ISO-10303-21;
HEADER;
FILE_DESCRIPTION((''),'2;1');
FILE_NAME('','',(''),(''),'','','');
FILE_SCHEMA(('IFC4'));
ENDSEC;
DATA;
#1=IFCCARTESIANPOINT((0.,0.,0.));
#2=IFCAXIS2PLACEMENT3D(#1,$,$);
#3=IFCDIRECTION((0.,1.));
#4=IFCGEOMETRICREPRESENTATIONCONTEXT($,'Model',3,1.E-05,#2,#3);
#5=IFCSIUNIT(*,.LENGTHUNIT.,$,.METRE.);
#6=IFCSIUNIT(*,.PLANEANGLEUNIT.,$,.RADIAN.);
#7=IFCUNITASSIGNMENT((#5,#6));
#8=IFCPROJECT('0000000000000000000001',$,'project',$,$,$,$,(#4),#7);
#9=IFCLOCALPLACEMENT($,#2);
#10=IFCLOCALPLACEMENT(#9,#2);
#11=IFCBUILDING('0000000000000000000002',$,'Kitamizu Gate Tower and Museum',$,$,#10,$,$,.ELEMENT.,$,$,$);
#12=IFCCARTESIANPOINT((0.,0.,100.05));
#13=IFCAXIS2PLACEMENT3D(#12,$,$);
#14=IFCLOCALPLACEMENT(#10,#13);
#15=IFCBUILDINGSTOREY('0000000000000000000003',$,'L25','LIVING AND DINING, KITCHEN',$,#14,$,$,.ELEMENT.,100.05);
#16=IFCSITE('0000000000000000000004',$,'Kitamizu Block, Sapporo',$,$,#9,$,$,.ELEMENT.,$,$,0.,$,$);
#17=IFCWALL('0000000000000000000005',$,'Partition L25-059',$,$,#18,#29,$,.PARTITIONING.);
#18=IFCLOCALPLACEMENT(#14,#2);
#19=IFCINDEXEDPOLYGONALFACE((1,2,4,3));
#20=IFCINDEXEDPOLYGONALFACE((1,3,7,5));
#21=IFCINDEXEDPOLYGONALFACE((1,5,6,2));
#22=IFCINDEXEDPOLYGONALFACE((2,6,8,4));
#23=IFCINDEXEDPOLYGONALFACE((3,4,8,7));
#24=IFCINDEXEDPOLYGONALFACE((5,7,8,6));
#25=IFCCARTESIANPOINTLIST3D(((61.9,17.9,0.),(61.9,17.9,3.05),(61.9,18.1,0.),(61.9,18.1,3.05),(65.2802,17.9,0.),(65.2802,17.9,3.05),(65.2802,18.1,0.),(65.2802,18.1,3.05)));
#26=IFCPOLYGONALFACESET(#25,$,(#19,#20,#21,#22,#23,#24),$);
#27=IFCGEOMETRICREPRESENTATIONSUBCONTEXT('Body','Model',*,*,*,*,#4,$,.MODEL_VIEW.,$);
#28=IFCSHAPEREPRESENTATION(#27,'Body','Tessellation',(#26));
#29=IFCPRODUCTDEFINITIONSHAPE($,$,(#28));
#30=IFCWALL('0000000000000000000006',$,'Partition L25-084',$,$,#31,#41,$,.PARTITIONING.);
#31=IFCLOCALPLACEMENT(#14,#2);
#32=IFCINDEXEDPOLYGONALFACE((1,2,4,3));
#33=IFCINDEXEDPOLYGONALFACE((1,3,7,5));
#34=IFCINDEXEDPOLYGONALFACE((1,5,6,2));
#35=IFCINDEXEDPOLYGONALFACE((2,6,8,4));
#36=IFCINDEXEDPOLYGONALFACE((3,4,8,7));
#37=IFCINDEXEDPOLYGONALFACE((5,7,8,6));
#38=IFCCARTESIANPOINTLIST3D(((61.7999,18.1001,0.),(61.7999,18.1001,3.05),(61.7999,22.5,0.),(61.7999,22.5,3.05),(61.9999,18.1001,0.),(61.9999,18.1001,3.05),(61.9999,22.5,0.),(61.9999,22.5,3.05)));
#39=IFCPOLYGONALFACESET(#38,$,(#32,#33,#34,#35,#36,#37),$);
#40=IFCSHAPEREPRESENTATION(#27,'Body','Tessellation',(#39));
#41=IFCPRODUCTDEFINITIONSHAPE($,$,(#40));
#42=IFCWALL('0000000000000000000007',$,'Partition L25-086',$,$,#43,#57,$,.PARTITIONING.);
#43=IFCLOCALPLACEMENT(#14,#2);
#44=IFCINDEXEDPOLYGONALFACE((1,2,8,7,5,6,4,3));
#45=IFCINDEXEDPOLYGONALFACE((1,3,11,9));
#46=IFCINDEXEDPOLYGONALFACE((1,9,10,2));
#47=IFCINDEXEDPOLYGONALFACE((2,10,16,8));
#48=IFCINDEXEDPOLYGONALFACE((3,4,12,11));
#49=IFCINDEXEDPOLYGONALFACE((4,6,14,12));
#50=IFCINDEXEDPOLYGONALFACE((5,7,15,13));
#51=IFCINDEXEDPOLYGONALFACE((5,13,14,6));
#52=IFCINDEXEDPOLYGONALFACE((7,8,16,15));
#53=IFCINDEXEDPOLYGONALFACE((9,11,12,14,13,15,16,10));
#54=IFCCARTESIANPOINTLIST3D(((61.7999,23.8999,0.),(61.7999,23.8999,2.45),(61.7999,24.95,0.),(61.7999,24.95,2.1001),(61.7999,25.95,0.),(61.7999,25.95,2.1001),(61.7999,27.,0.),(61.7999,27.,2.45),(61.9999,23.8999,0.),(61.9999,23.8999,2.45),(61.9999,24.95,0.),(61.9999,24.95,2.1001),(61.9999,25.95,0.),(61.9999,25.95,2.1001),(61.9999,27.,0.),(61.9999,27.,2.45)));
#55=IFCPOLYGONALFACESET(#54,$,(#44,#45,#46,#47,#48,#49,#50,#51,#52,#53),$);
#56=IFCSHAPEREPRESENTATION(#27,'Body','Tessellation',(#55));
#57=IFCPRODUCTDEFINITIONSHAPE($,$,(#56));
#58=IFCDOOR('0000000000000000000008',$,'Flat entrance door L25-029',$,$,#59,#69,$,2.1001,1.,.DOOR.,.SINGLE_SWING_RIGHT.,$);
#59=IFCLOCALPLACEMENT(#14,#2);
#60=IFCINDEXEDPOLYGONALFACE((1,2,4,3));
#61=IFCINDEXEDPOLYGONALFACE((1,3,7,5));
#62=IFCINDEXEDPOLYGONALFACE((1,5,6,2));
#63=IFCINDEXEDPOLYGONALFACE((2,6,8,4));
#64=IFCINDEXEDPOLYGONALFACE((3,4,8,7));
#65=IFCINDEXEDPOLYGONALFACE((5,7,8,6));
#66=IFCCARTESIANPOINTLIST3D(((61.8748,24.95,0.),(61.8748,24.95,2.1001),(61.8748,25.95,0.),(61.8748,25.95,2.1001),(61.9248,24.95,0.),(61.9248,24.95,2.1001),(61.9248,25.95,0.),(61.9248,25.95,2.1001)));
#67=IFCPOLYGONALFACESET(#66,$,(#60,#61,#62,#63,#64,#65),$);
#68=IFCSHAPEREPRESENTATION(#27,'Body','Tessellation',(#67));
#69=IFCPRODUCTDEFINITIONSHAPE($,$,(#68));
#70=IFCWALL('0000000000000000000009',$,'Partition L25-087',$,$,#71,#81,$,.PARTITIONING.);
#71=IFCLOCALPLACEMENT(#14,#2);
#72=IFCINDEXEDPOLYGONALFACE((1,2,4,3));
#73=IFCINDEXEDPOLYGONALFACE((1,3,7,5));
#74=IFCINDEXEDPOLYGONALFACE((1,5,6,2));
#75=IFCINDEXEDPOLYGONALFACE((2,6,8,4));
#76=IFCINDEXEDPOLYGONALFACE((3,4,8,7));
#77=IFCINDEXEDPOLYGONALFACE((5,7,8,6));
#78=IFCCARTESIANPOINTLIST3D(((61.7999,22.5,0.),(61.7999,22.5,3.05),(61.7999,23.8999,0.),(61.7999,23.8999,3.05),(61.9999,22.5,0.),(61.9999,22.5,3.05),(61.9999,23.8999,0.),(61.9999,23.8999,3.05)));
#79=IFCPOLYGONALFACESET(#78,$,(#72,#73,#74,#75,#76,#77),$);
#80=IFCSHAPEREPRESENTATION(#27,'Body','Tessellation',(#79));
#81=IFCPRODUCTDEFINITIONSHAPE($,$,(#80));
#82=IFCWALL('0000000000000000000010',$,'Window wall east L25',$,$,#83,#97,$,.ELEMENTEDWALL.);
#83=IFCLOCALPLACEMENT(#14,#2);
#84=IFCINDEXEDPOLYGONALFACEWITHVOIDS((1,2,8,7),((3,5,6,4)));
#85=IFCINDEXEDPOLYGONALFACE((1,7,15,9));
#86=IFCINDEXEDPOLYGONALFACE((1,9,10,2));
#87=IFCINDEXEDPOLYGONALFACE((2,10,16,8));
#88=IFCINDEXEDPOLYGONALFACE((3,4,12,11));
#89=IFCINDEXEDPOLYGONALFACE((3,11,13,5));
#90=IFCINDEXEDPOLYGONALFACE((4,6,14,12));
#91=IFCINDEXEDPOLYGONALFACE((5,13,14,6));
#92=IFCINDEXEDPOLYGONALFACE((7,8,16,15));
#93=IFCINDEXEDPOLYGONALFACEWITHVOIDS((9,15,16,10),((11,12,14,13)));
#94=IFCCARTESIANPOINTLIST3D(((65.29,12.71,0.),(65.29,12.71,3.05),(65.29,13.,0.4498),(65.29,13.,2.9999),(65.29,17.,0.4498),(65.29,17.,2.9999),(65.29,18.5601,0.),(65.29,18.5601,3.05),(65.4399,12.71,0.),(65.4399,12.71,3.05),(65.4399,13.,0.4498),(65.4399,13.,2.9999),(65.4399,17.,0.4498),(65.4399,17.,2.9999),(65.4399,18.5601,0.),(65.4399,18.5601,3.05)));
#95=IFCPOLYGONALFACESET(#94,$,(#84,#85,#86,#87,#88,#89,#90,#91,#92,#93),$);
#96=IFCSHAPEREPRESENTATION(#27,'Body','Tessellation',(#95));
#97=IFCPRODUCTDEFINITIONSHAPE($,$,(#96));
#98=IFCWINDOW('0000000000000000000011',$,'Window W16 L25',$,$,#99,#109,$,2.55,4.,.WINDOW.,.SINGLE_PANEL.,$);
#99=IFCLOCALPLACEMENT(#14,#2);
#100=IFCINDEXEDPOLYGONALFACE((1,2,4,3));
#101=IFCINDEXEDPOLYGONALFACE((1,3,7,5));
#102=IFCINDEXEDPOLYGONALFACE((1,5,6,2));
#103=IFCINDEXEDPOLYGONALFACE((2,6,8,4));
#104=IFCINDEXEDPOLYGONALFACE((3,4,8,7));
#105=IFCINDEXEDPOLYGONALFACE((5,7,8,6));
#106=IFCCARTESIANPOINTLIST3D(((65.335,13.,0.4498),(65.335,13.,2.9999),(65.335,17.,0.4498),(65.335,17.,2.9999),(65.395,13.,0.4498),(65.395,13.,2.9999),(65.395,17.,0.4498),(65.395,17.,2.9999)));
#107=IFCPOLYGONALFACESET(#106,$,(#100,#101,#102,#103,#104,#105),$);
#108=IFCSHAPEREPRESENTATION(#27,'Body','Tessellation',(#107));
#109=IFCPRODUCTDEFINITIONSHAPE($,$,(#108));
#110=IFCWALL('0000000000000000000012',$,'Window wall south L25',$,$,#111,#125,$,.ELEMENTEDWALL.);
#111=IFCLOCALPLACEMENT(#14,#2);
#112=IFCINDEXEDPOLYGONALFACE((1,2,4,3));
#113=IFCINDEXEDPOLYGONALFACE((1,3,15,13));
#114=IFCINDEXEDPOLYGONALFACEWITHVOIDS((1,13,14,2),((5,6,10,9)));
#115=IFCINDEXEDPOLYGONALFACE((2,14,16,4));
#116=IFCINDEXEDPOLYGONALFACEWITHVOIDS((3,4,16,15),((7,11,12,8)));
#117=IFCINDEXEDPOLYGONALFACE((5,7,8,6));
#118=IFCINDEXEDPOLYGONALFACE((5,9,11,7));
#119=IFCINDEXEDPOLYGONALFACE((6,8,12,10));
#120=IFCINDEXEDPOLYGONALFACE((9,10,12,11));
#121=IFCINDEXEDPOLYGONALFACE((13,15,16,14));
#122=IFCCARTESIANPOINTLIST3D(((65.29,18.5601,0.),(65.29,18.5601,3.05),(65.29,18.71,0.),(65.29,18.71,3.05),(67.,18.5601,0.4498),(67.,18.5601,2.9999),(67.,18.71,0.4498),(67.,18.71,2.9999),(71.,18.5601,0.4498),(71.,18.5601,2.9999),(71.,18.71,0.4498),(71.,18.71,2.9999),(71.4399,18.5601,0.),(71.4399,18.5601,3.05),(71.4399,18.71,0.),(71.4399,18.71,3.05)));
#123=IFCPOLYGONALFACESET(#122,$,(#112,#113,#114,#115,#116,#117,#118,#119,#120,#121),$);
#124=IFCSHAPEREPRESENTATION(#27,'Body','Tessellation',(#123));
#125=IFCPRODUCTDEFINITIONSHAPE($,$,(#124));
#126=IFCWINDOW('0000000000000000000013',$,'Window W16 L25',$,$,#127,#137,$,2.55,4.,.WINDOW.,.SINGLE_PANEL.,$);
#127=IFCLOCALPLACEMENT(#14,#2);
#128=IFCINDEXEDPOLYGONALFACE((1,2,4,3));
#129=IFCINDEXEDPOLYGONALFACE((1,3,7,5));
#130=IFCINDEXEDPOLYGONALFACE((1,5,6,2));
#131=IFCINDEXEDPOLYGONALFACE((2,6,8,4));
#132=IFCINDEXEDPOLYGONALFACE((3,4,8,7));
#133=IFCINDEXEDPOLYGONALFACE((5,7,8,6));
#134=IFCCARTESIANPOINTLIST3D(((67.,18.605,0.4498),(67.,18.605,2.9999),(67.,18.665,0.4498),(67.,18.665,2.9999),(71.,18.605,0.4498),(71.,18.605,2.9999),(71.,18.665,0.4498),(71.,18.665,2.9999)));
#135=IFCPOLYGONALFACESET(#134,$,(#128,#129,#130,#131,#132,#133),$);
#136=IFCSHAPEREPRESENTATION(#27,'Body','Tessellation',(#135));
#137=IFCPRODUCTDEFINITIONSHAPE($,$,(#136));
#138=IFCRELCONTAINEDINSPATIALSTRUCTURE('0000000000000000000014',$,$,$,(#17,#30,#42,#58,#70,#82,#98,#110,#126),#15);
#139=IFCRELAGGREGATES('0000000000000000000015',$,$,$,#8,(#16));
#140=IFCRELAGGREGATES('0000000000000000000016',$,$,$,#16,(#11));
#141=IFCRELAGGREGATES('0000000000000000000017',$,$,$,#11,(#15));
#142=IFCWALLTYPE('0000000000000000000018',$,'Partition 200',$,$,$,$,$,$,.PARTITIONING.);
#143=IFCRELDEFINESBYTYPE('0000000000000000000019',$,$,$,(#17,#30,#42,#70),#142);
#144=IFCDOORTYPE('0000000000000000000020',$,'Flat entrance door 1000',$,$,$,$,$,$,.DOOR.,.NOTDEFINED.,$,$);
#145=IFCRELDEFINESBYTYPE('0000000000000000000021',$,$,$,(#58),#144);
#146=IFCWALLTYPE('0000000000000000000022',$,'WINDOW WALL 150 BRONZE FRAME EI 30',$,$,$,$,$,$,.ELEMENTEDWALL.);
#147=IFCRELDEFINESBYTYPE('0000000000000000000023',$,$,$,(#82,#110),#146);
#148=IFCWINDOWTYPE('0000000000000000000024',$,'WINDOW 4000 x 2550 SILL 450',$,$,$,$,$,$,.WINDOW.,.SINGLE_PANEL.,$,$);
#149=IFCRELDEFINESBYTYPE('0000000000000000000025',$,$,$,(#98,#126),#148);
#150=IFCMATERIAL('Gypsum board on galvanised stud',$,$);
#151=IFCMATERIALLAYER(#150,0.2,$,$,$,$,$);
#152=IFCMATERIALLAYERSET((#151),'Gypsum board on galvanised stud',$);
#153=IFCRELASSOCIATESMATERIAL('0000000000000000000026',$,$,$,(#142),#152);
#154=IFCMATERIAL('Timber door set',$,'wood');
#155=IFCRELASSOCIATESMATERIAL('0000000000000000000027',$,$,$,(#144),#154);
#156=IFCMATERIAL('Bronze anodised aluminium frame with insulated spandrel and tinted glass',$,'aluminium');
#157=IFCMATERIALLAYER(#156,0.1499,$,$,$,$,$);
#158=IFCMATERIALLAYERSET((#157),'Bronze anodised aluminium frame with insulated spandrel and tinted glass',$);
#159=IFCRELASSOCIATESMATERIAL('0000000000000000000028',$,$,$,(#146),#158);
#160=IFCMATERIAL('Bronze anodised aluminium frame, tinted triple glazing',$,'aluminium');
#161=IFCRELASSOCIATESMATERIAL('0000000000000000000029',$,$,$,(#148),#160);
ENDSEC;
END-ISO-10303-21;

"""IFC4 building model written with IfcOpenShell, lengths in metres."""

from ifc_helpers import new_model, si_unit, direction, frame, frame_2d, origin, place, context, subcontext, project, spatial, rectangle, extrude, material, layer, layer_set, type_object, element, fill, save


model = new_model("IFC4")

# Units and contexts
model_context = context("Model", 3, precision=1e-05, world=origin(), true_north=direction((0.0, 1.0)))
body_context = subcontext(model_context, "Body", "Model", "MODEL_VIEW")
ifc_project = project(units=[si_unit("LENGTHUNIT", "METRE"), si_unit("PLANEANGLEUNIT", "RADIAN")], contexts=[model_context])

# Site, building, storey
site_placement = place(None, origin())
site = spatial("IfcSite", under=ifc_project, at=site_placement, Name="Kitamizu Block, Sapporo", CompositionType="ELEMENT", RefElevation=0.0)
building_placement = place(site_placement, origin())
building = spatial("IfcBuilding", under=site, at=building_placement, Name="Kitamizu Gate Tower and Museum", CompositionType="ELEMENT")
storey_placement = place(building_placement, frame((0.0, 0.0, 100.05)))
storey = spatial("IfcBuildingStorey", under=building, at=storey_placement, Name="L25", Description="LIVING AND DINING, KITCHEN", CompositionType="ELEMENT", Elevation=100.05)

# Walls
ifc_material_1 = material(Name="Gypsum board on galvanised stud")
ifc_layer_1 = layer(ifc_material_1, 0.2)
ifc_layer_set_1 = layer_set([ifc_layer_1], Name="Gypsum board on galvanised stud")
wall_type_1 = type_object("IfcWallType", Name="Partition 200", PredefinedType="PARTITIONING", material=ifc_layer_set_1)
wall_1_placement = place(storey_placement, frame((65.28, 18.0, 0.0), z_axis=(0.0, 0.0, 1.0), x_axis=(-1.0, 0.0, 0.0)))
element("IfcWall", 1, at=wall_1_placement, inside=storey, type_object=wall_type_1, Name="Partition L25-059", PredefinedType="PARTITIONING", context=body_context, shape_type="SweptSolid", body=[
    extrude(rectangle(XDim=3.3801, YDim=0.2, at=frame_2d((1.6899, 0.0))), origin(), (0.0, 0.0, 1.0), 3.05),
])
wall_2_placement = place(storey_placement, frame((61.8999, 22.5, 0.0), z_axis=(0.0, 0.0, 1.0), x_axis=(0.0, -1.0, 0.0)))
element("IfcWall", 2, at=wall_2_placement, inside=storey, type_object=wall_type_1, Name="Partition L25-084", PredefinedType="PARTITIONING", context=body_context, shape_type="SweptSolid", body=[
    extrude(rectangle(XDim=4.3999, YDim=0.2, at=frame_2d((2.2, 0.0))), origin(), (0.0, 0.0, 1.0), 3.05),
])

# Wall, opening, door
wall_3_placement = place(storey_placement, frame((61.8999, 27.0, 0.0), z_axis=(0.0, 0.0, 1.0), x_axis=(0.0, -1.0, 0.0)))
wall_3 = element("IfcWall", 3, at=wall_3_placement, inside=storey, type_object=wall_type_1, Name="Partition L25-086", PredefinedType="PARTITIONING", context=body_context, shape_type="SweptSolid", body=[
    extrude(rectangle(XDim=3.1001, YDim=0.2, at=frame_2d((1.55, 0.0))), origin(), (0.0, 0.0, 1.0), 2.45),
])
opening_1_placement = place(wall_3_placement, frame((1.05, 0.0, 0.0)))
opening_1 = element("IfcOpeningElement", 4, at=opening_1_placement, cuts=wall_3, PredefinedType="OPENING", context=body_context, shape_type="SweptSolid", body=[
    extrude(rectangle(XDim=1.0, YDim=2.1001, at=frame_2d((0.5, 1.05))), frame((0.0, 0.1099, 0.0), z_axis=(0.0, -1.0, 0.0), x_axis=(1.0, 0.0, 0.0)), (0.0, 0.0, 1.0), 0.22),
])
ifc_material_2 = material(Name="Timber door set", Category="wood")
door_type_1 = type_object("IfcDoorType", Name="Flat entrance door 1000", OperationType="NOTDEFINED", PredefinedType="DOOR", material=ifc_material_2)
door_1_placement = place(opening_1_placement, origin())
door_1 = element("IfcDoor", 5, at=door_1_placement, inside=storey, type_object=door_type_1, Name="Flat entrance door L25-029", OperationType="SINGLE_SWING_RIGHT", OverallHeight=2.1001, OverallWidth=1.0, PredefinedType="DOOR", context=body_context, shape_type="SweptSolid", body=[
    extrude(rectangle(XDim=1.0, YDim=2.1001, at=frame_2d((0.5, 1.05))), frame((0.0, 0.0249, 0.0), z_axis=(0.0, -1.0, 0.0), x_axis=(1.0, 0.0, 0.0)), (0.0, 0.0, 1.0), 0.05),
])
fill(opening_1, door_1)

# Wall
wall_4_placement = place(storey_placement, frame((61.8999, 23.8999, 0.0), z_axis=(0.0, 0.0, 1.0), x_axis=(0.0, -1.0, 0.0)))
element("IfcWall", 6, at=wall_4_placement, inside=storey, type_object=wall_type_1, Name="Partition L25-087", PredefinedType="PARTITIONING", context=body_context, shape_type="SweptSolid", body=[
    extrude(rectangle(XDim=1.3999, YDim=0.2, at=frame_2d((0.7, 0.0))), origin(), (0.0, 0.0, 1.0), 3.05),
])

# Walls, openings, windows
ifc_material_3 = material(Name="Bronze anodised aluminium frame with insulated spandrel and tinted glass", Category="aluminium")
ifc_layer_2 = layer(ifc_material_3, 0.1499)
ifc_layer_set_2 = layer_set([ifc_layer_2], Name="Bronze anodised aluminium frame with insulated spandrel and tinted glass")
wall_type_2 = type_object("IfcWallType", Name="WINDOW WALL 150 BRONZE FRAME EI 30", PredefinedType="ELEMENTEDWALL", material=ifc_layer_set_2)
wall_5_placement = place(storey_placement, frame((65.365, 12.71, 0.0), z_axis=(0.0, 0.0, 1.0), x_axis=(0.0, 1.0, 0.0)))
wall_5 = element("IfcWall", 7, at=wall_5_placement, inside=storey, type_object=wall_type_2, Name="Window wall east L25", PredefinedType="ELEMENTEDWALL", context=body_context, shape_type="SweptSolid", body=[
    extrude(rectangle(XDim=5.8501, YDim=0.1499, at=frame_2d((2.925, 0.0))), origin(), (0.0, 0.0, 1.0), 3.05),
])
opening_2_placement = place(wall_5_placement, frame((0.29, 0.0, 0.45)))
opening_2 = element("IfcOpeningElement", 8, at=opening_2_placement, cuts=wall_5, PredefinedType="OPENING", context=body_context, shape_type="SweptSolid", body=[
    extrude(rectangle(XDim=4.0, YDim=2.55, at=frame_2d((2.0, 1.2749))), frame((0.0, 0.085, 0.0), z_axis=(0.0, -1.0, 0.0), x_axis=(1.0, 0.0, 0.0)), (0.0, 0.0, 1.0), 0.1699),
])
ifc_material_4 = material(Name="Bronze anodised aluminium frame, tinted triple glazing", Category="aluminium")
window_type_1 = type_object("IfcWindowType", Name="WINDOW 4000 x 2550 SILL 450", PartitioningType="SINGLE_PANEL", PredefinedType="WINDOW", material=ifc_material_4)
window_1_placement = place(opening_2_placement, origin())
window_1 = element("IfcWindow", 9, at=window_1_placement, inside=storey, type_object=window_type_1, Name="Window W16 L25", OverallHeight=2.55, OverallWidth=4.0, PartitioningType="SINGLE_PANEL", PredefinedType="WINDOW", context=body_context, shape_type="SweptSolid", body=[
    extrude(rectangle(XDim=4.0, YDim=2.55, at=frame_2d((2.0, 1.2749))), frame((0.0, 0.03, 0.0), z_axis=(0.0, -1.0, 0.0), x_axis=(1.0, 0.0, 0.0)), (0.0, 0.0, 1.0), 0.0601),
])
fill(opening_2, window_1)
wall_6_placement = place(storey_placement, frame((65.29, 18.635, 0.0), z_axis=(0.0, 0.0, 1.0), x_axis=(1.0, 0.0, 0.0)))
wall_6 = element("IfcWall", 10, at=wall_6_placement, inside=storey, type_object=wall_type_2, Name="Window wall south L25", PredefinedType="ELEMENTEDWALL", context=body_context, shape_type="SweptSolid", body=[
    extrude(rectangle(XDim=6.1499, YDim=0.1499, at=frame_2d((3.075, 0.0))), origin(), (0.0, 0.0, 1.0), 3.05),
])
opening_3_placement = place(wall_6_placement, frame((1.71, 0.0, 0.45)))
opening_3 = element("IfcOpeningElement", 11, at=opening_3_placement, cuts=wall_6, PredefinedType="OPENING", context=body_context, shape_type="SweptSolid", body=[
    extrude(rectangle(XDim=4.0, YDim=2.55, at=frame_2d((2.0, 1.2749))), frame((0.0, 0.085, 0.0), z_axis=(0.0, -1.0, 0.0), x_axis=(1.0, 0.0, 0.0)), (0.0, 0.0, 1.0), 0.1699),
])
window_2_placement = place(opening_3_placement, origin())
window_2 = element("IfcWindow", 12, at=window_2_placement, inside=storey, type_object=window_type_1, Name="Window W16 L25", OverallHeight=2.55, OverallWidth=4.0, PartitioningType="SINGLE_PANEL", PredefinedType="WINDOW", context=body_context, shape_type="SweptSolid", body=[
    extrude(rectangle(XDim=4.0, YDim=2.55, at=frame_2d((2.0, 1.2749))), frame((0.0, 0.03, 0.0), z_axis=(0.0, -1.0, 0.0), x_axis=(1.0, 0.0, 0.0)), (0.0, 0.0, 1.0), 0.0601),
])
fill(opening_3, window_2)

save(model, "model.ifc")
